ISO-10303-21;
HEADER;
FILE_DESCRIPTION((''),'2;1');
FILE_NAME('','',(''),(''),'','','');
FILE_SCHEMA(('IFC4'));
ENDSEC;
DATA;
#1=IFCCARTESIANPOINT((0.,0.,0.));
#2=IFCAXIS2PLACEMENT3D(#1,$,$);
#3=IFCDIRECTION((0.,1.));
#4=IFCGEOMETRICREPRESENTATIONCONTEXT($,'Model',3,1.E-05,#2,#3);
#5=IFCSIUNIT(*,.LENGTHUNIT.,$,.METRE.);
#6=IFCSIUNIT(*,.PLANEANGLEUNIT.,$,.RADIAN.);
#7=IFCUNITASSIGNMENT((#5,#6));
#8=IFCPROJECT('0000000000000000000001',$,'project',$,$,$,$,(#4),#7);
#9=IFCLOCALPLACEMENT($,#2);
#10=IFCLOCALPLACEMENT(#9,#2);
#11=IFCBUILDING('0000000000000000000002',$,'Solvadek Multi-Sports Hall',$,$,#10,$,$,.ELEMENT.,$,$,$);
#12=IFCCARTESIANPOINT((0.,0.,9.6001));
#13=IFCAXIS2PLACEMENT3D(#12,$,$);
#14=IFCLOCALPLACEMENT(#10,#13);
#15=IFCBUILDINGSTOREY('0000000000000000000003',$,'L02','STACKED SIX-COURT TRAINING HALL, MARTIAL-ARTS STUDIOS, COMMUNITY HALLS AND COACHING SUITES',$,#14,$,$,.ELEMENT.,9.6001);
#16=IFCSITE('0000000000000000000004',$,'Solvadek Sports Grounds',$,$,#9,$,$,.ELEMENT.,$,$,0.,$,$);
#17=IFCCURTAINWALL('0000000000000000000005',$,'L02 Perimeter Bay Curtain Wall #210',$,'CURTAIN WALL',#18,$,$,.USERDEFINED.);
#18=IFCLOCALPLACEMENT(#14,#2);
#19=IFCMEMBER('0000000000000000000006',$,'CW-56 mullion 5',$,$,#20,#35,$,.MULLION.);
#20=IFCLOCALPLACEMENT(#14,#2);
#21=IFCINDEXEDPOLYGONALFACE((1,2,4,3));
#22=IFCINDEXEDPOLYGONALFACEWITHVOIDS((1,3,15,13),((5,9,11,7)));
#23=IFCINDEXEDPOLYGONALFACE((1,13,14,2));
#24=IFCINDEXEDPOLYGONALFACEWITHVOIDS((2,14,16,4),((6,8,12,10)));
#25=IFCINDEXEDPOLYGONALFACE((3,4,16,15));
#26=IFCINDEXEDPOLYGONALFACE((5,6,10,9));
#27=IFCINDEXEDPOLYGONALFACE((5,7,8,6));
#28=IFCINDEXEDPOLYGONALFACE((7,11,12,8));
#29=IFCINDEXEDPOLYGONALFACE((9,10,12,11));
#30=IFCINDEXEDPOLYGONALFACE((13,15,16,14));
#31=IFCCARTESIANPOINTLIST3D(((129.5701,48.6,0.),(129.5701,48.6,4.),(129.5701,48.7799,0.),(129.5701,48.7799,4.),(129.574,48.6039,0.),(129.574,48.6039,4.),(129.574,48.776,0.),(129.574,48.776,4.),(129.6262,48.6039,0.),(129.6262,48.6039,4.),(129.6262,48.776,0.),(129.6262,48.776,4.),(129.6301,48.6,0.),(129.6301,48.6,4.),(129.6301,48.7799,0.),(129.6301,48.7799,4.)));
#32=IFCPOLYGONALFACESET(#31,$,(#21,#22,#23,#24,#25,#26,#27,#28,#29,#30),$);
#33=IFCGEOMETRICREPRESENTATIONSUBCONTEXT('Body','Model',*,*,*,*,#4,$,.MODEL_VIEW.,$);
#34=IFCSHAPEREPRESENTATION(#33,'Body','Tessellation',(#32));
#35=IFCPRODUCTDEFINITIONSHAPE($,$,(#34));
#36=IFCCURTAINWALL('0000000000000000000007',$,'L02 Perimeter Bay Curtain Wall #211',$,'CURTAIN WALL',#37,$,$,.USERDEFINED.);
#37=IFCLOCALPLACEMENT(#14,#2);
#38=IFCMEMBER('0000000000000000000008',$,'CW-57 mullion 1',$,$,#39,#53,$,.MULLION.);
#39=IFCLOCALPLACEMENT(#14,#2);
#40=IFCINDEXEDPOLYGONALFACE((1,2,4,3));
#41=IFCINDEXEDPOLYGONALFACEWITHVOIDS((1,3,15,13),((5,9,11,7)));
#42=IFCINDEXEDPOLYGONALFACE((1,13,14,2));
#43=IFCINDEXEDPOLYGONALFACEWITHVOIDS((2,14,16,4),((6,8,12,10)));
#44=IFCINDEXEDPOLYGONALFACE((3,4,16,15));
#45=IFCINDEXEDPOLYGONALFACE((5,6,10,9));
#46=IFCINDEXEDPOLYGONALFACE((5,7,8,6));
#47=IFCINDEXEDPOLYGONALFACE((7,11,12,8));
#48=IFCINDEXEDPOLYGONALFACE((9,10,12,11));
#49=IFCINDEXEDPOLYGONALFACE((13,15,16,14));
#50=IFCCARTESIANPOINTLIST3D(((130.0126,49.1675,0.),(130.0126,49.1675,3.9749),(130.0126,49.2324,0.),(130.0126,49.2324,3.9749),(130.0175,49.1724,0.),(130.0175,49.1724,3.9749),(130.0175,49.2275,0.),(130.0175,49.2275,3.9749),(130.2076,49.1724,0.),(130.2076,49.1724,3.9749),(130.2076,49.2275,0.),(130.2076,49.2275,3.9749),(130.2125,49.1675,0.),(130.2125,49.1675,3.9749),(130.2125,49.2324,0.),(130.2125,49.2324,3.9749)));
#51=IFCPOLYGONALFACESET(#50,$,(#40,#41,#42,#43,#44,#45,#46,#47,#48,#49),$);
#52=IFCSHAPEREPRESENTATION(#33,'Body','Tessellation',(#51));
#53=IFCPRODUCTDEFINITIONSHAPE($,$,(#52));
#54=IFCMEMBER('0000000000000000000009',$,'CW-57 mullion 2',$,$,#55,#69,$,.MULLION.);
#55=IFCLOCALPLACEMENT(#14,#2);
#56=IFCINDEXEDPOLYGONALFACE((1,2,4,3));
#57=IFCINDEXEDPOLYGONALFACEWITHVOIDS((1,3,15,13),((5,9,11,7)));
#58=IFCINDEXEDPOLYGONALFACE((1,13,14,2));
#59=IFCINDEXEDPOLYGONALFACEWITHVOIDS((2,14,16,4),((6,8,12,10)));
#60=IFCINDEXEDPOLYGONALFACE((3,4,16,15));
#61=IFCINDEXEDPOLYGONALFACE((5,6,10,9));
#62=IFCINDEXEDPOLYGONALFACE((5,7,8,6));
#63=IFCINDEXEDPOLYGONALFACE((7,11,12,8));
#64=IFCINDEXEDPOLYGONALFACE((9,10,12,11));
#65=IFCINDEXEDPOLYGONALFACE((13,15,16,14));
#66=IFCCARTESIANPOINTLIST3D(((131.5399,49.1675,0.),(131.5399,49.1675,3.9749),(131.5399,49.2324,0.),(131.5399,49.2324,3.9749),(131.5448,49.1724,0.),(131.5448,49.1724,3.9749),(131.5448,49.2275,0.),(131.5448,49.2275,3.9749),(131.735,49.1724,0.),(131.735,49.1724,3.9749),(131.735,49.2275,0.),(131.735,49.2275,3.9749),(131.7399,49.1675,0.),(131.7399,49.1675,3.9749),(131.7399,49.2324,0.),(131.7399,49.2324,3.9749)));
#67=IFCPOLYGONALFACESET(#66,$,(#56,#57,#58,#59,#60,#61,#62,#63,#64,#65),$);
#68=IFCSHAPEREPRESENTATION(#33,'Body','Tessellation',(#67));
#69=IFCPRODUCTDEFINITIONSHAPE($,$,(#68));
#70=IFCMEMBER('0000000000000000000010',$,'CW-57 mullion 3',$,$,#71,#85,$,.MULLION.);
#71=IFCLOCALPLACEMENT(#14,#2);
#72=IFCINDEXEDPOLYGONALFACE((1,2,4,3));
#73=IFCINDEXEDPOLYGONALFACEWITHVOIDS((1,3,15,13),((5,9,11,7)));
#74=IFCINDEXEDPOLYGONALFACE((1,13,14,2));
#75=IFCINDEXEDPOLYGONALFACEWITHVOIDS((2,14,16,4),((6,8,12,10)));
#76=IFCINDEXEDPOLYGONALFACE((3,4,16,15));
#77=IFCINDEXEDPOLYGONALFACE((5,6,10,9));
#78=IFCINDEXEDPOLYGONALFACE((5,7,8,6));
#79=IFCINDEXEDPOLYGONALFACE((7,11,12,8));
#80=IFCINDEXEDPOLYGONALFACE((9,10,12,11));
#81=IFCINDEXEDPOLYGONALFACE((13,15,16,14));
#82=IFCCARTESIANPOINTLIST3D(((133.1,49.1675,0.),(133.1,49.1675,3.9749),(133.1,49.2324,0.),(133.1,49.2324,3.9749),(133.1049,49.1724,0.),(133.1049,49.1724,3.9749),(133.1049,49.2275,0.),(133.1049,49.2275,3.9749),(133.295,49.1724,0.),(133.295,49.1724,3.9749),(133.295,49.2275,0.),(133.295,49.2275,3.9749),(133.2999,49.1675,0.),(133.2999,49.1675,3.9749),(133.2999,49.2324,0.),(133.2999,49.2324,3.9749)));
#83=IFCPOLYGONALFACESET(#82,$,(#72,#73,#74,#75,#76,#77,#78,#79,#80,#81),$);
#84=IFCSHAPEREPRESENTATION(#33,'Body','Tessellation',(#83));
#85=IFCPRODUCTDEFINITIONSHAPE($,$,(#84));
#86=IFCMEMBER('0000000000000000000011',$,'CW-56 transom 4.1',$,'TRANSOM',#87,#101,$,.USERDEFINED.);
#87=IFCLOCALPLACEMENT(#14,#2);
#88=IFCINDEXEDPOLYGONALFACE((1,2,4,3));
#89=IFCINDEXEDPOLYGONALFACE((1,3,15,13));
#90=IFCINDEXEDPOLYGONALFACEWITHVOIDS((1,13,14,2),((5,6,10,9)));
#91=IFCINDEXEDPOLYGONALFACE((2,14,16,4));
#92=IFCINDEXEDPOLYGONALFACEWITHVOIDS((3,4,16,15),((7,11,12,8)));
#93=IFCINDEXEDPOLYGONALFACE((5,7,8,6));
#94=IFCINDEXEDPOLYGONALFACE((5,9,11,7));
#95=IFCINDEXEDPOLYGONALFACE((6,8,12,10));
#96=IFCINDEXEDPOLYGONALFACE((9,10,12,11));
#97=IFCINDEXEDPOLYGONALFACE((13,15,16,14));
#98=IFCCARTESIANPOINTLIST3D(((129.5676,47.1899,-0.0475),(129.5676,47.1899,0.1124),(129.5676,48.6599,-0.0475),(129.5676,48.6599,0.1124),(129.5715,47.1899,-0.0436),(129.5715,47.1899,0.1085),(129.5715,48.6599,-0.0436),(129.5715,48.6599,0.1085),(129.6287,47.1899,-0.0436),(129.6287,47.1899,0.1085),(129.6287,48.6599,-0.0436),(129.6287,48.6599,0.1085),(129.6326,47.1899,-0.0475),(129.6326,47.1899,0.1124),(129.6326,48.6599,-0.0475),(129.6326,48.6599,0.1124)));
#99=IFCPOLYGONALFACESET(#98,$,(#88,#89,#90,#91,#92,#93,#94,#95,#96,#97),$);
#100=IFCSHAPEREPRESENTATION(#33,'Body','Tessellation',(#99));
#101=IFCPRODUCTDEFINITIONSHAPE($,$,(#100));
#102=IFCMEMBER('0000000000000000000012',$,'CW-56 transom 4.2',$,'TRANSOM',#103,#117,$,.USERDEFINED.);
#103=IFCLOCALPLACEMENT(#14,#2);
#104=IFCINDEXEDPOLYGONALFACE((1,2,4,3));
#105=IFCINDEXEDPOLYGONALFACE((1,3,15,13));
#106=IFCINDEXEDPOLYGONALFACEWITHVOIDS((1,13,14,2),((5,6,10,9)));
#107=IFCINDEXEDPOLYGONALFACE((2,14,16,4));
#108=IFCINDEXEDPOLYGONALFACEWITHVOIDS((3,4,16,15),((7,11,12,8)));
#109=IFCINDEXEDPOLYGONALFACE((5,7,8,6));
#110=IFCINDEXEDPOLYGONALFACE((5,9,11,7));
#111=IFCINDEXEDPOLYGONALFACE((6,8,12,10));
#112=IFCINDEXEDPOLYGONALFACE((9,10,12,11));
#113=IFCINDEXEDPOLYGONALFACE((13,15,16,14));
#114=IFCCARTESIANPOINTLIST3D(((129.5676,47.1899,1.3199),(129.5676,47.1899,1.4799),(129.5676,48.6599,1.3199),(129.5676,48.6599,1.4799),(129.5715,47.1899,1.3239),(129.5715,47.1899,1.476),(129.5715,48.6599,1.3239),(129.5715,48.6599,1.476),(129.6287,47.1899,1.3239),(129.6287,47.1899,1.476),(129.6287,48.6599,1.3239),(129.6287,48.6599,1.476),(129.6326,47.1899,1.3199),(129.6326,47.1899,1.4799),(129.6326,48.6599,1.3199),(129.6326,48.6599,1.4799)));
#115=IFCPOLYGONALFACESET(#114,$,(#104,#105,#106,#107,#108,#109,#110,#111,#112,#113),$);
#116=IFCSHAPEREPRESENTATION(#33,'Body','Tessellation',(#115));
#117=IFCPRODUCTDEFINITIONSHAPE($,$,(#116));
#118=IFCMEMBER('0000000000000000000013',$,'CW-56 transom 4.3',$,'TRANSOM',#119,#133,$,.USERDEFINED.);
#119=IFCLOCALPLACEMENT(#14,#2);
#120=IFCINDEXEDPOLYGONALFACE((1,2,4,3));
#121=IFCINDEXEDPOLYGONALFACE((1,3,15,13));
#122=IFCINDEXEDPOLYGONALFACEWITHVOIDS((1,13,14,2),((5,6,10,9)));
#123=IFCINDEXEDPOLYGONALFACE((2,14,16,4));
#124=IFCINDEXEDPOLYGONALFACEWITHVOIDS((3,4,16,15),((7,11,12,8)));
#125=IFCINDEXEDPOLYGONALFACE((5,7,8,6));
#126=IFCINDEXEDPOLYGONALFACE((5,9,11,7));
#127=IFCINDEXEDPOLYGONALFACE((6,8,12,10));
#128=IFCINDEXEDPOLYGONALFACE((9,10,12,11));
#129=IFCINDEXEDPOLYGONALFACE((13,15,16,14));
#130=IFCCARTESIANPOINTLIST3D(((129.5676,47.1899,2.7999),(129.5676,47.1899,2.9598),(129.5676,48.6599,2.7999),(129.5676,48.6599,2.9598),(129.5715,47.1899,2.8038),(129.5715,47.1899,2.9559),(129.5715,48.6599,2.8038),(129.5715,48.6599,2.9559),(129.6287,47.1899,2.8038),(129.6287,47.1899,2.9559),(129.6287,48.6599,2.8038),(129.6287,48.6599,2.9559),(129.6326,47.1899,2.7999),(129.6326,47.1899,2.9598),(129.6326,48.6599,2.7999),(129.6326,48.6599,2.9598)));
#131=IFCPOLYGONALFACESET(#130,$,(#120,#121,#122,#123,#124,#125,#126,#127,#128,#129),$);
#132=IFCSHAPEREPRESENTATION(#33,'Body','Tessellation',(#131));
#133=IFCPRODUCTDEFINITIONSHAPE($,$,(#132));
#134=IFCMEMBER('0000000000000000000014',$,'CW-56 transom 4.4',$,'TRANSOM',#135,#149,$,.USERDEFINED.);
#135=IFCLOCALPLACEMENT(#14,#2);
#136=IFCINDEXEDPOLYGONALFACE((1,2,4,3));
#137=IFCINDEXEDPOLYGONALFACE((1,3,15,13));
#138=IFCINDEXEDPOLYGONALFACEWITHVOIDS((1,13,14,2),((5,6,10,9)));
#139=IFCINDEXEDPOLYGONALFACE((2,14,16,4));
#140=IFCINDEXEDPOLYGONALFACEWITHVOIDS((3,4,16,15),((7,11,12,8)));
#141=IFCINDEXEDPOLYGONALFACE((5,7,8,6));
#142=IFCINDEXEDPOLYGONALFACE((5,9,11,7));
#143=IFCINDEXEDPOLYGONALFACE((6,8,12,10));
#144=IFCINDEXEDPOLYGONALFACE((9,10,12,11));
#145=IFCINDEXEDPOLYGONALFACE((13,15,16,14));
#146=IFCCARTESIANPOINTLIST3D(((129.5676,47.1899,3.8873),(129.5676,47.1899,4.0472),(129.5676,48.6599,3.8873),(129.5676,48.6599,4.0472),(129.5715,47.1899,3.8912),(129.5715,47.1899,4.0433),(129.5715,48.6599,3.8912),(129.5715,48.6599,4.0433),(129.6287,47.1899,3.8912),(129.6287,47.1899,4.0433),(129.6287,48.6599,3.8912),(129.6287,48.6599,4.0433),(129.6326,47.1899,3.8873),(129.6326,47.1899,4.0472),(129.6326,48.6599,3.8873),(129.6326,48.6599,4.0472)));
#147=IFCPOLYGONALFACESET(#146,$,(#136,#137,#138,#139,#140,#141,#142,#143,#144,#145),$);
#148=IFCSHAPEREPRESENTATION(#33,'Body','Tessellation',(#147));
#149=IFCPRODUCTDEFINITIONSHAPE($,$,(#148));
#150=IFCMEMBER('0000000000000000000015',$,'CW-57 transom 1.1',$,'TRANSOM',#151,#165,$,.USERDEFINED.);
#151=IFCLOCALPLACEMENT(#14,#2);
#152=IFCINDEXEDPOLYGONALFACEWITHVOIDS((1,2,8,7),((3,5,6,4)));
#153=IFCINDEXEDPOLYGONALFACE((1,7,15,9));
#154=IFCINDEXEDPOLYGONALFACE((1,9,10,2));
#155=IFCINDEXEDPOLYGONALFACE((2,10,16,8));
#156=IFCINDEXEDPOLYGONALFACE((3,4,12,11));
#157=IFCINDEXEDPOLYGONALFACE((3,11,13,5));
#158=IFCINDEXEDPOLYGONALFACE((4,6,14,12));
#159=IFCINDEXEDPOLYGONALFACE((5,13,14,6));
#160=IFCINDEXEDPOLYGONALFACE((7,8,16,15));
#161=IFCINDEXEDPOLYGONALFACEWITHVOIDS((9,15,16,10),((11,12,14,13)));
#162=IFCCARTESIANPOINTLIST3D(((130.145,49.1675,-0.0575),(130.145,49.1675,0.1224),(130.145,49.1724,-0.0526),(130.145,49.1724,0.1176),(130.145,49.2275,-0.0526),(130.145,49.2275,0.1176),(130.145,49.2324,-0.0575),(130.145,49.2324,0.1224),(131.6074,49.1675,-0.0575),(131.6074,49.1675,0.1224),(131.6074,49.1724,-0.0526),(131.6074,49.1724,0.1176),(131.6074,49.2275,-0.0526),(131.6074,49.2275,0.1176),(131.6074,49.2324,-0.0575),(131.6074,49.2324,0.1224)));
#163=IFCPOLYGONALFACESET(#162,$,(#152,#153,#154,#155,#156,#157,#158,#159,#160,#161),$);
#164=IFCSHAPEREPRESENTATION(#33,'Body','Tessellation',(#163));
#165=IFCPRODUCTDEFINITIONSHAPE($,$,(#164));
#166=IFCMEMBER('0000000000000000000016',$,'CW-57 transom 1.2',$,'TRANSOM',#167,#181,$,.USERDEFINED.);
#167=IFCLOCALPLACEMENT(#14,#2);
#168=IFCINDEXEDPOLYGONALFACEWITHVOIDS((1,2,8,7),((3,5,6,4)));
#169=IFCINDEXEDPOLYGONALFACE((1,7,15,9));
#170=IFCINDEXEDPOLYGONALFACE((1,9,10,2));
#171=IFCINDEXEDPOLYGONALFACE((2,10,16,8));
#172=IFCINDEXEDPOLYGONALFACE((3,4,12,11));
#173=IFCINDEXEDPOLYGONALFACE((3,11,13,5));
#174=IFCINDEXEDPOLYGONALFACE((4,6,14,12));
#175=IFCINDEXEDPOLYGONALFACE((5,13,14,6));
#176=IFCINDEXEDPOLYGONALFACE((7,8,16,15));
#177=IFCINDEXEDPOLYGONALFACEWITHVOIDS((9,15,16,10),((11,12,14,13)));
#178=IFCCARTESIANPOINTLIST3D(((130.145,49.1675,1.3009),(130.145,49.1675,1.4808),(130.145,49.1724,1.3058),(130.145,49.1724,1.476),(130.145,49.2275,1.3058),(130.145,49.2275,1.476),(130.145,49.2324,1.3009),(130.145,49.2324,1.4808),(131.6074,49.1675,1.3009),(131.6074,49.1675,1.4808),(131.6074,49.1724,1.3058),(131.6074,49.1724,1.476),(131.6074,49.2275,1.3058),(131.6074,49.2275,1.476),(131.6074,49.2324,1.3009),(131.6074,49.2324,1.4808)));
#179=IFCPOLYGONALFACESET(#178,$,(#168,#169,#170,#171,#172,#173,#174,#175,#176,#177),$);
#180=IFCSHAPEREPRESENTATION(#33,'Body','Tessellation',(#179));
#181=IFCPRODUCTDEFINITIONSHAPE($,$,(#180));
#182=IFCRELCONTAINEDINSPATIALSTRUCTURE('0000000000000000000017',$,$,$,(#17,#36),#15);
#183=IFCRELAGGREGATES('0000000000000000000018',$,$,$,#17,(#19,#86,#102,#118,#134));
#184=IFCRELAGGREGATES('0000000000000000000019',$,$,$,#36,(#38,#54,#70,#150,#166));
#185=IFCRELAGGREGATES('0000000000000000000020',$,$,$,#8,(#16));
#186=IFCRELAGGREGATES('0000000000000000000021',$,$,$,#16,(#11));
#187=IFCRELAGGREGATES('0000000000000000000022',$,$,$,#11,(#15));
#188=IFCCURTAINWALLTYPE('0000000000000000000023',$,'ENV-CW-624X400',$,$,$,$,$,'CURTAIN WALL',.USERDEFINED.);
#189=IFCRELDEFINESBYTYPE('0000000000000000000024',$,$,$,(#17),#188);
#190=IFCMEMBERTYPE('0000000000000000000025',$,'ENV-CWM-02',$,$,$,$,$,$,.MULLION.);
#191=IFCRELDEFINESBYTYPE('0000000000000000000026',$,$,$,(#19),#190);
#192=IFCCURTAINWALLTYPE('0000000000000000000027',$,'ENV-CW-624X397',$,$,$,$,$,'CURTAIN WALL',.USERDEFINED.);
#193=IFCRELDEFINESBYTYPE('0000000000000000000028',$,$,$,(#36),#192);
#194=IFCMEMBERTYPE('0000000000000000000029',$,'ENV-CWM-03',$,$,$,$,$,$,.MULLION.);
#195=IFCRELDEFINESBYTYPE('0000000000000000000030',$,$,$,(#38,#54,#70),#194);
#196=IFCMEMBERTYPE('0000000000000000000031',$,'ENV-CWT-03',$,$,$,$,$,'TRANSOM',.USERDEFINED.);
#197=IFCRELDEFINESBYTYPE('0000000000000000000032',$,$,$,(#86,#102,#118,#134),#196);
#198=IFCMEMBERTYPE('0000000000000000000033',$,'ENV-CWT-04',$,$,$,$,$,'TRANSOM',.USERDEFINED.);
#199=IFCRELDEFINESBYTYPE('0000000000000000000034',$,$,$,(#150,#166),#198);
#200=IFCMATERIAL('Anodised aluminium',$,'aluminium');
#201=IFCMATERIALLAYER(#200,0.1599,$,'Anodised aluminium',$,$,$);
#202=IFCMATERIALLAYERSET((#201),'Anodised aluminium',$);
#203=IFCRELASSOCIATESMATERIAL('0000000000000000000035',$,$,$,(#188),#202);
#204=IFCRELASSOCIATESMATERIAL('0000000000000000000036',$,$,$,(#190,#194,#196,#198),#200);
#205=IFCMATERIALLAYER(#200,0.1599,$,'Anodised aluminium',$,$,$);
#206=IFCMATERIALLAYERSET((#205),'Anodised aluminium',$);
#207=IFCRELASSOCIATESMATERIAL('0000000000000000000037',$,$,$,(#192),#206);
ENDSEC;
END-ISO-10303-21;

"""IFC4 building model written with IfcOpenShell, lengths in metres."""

from ifc_helpers import new_model, si_unit, direction, frame, origin, origin_2d, place, context, subcontext, project, spatial, hollow_rectangle, extrude, material, layer, layer_set, material_profile, profile_set, type_object, element, aggregate, save


model = new_model("IFC4")

# Units and contexts
model_context = context("Model", 3, precision=1e-05, world=origin(), true_north=direction((0.0, 1.0)))
body_context = subcontext(model_context, "Body", "Model", "MODEL_VIEW")
ifc_project = project(units=[si_unit("LENGTHUNIT", "METRE"), si_unit("PLANEANGLEUNIT", "RADIAN")], contexts=[model_context])

# Site, building, storey
site_placement = place(None, origin())
site = spatial("IfcSite", under=ifc_project, at=site_placement, Name="Solvadek Sports Grounds", CompositionType="ELEMENT", RefElevation=0.0)
building_placement = place(site_placement, origin())
building = spatial("IfcBuilding", under=site, at=building_placement, Name="Solvadek Multi-Sports Hall", CompositionType="ELEMENT")
storey_placement = place(building_placement, frame((0.0, 0.0, 9.6001)))
storey = spatial("IfcBuildingStorey", under=building, at=storey_placement, Name="L02", Description="STACKED SIX-COURT TRAINING HALL, MARTIAL-ARTS STUDIOS, COMMUNITY HALLS AND COACHING SUITES", CompositionType="ELEMENT", Elevation=9.6001)

# Curtain wall, member
ifc_material_1 = material(Name="Anodised aluminium", Category="aluminium")
ifc_layer_1 = layer(ifc_material_1, 0.1599, Name="Anodised aluminium")
ifc_layer_set_1 = layer_set([ifc_layer_1], Name="Anodised aluminium")
curtain_wall_type_1 = type_object("IfcCurtainWallType", Name="ENV-CW-624X400", ElementType="CURTAIN WALL", PredefinedType="USERDEFINED", material=ifc_layer_set_1)
curtain_wall_1_placement = place(storey_placement, origin())
curtain_wall_1 = element("IfcCurtainWall", 1, at=curtain_wall_1_placement, inside=storey, type_object=curtain_wall_type_1, Name="L02 Perimeter Bay Curtain Wall #210", ObjectType="CURTAIN WALL", PredefinedType="USERDEFINED")
ifc_material_profile_1 = material_profile(ifc_material_1, hollow_rectangle(XDim=0.0601, YDim=0.1799, WallThickness=0.0039, at=origin_2d()), Name="ALU-M 180x60x4")
ifc_profile_set_1 = profile_set([ifc_material_profile_1], Name="Anodised aluminium")
member_type_1 = type_object("IfcMemberType", Name="ENV-CWM-02", PredefinedType="MULLION", material=ifc_profile_set_1)
member_1_placement = place(storey_placement, frame((129.6001, 48.6899, 0.0), z_axis=(0.0, 0.0, 1.0), x_axis=(-1.0, 0.0, 0.0)))
member_1 = element("IfcMember", 2, at=member_1_placement, type_object=member_type_1, Name="CW-56 mullion 5", PredefinedType="MULLION", context=body_context, shape_type="SweptSolid", body=[
    extrude(hollow_rectangle(XDim=0.0601, YDim=0.1799, WallThickness=0.0039, at=origin_2d()), origin(), (0.0, 0.0, 1.0), 4.0),
])

# Curtain wall, members
ifc_layer_2 = layer(ifc_material_1, 0.1599, Name="Anodised aluminium")
ifc_layer_set_2 = layer_set([ifc_layer_2], Name="Anodised aluminium")
curtain_wall_type_2 = type_object("IfcCurtainWallType", Name="ENV-CW-624X397", ElementType="CURTAIN WALL", PredefinedType="USERDEFINED", material=ifc_layer_set_2)
curtain_wall_2_placement = place(storey_placement, origin())
curtain_wall_2 = element("IfcCurtainWall", 3, at=curtain_wall_2_placement, inside=storey, type_object=curtain_wall_type_2, Name="L02 Perimeter Bay Curtain Wall #211", ObjectType="CURTAIN WALL", PredefinedType="USERDEFINED")
ifc_material_profile_2 = material_profile(ifc_material_1, hollow_rectangle(XDim=0.0649, YDim=0.2, WallThickness=0.0049, at=origin_2d()), Name="ALU-M 200x65x5")
ifc_profile_set_2 = profile_set([ifc_material_profile_2], Name="Anodised aluminium")
member_type_2 = type_object("IfcMemberType", Name="ENV-CWM-03", PredefinedType="MULLION", material=ifc_profile_set_2)
member_2_placement = place(storey_placement, frame((130.1125, 49.2, 0.0), z_axis=(0.0, 0.0, 1.0), x_axis=(0.0, 1.0, 0.0)))
member_2 = element("IfcMember", 4, at=member_2_placement, type_object=member_type_2, Name="CW-57 mullion 1", PredefinedType="MULLION", context=body_context, shape_type="SweptSolid", body=[
    extrude(hollow_rectangle(XDim=0.0649, YDim=0.2, WallThickness=0.0049, at=origin_2d()), origin(), (0.0, 0.0, 1.0), 3.9749),
])
member_3_placement = place(storey_placement, frame((131.6399, 49.2, 0.0), z_axis=(0.0, 0.0, 1.0), x_axis=(0.0, 1.0, 0.0)))
member_3 = element("IfcMember", 5, at=member_3_placement, type_object=member_type_2, Name="CW-57 mullion 2", PredefinedType="MULLION", context=body_context, shape_type="SweptSolid", body=[
    extrude(hollow_rectangle(XDim=0.0649, YDim=0.2, WallThickness=0.0049, at=origin_2d()), origin(), (0.0, 0.0, 1.0), 3.9749),
])
member_4_placement = place(storey_placement, frame((133.2, 49.2, 0.0), z_axis=(0.0, 0.0, 1.0), x_axis=(0.0, 1.0, 0.0)))
member_4 = element("IfcMember", 6, at=member_4_placement, type_object=member_type_2, Name="CW-57 mullion 3", PredefinedType="MULLION", context=body_context, shape_type="SweptSolid", body=[
    extrude(hollow_rectangle(XDim=0.0649, YDim=0.2, WallThickness=0.0049, at=origin_2d()), origin(), (0.0, 0.0, 1.0), 3.9749),
])

# Members
ifc_material_profile_3 = material_profile(ifc_material_1, hollow_rectangle(XDim=0.0649, YDim=0.1599, WallThickness=0.0039, at=origin_2d()), Name="ALU-T 160x65x4")
ifc_profile_set_3 = profile_set([ifc_material_profile_3], Name="Anodised aluminium")
member_type_3 = type_object("IfcMemberType", Name="ENV-CWT-03", ElementType="TRANSOM", PredefinedType="USERDEFINED", material=ifc_profile_set_3)
member_5_placement = place(storey_placement, frame((129.6001, 47.1899, 0.0325), z_axis=(0.0, 1.0, 0.0), x_axis=(-1.0, 0.0, 0.0)))
member_5 = element("IfcMember", 7, at=member_5_placement, type_object=member_type_3, Name="CW-56 transom 4.1", ObjectType="TRANSOM", PredefinedType="USERDEFINED", context=body_context, shape_type="SweptSolid", body=[
    extrude(hollow_rectangle(XDim=0.0649, YDim=0.1599, WallThickness=0.0039, at=origin_2d()), origin(), (0.0, 0.0, 1.0), 1.47),
])
member_6_placement = place(storey_placement, frame((129.6001, 47.1899, 1.3999), z_axis=(0.0, 1.0, 0.0), x_axis=(-1.0, 0.0, 0.0)))
member_6 = element("IfcMember", 8, at=member_6_placement, type_object=member_type_3, Name="CW-56 transom 4.2", ObjectType="TRANSOM", PredefinedType="USERDEFINED", context=body_context, shape_type="SweptSolid", body=[
    extrude(hollow_rectangle(XDim=0.0649, YDim=0.1599, WallThickness=0.0039, at=origin_2d()), origin(), (0.0, 0.0, 1.0), 1.47),
])
member_7_placement = place(storey_placement, frame((129.6001, 47.1899, 2.8799), z_axis=(0.0, 1.0, 0.0), x_axis=(-1.0, 0.0, 0.0)))
member_7 = element("IfcMember", 9, at=member_7_placement, type_object=member_type_3, Name="CW-56 transom 4.3", ObjectType="TRANSOM", PredefinedType="USERDEFINED", context=body_context, shape_type="SweptSolid", body=[
    extrude(hollow_rectangle(XDim=0.0649, YDim=0.1599, WallThickness=0.0039, at=origin_2d()), origin(), (0.0, 0.0, 1.0), 1.47),
])
member_8_placement = place(storey_placement, frame((129.6001, 47.1899, 3.9673), z_axis=(0.0, 1.0, 0.0), x_axis=(-1.0, 0.0, 0.0)))
member_8 = element("IfcMember", 10, at=member_8_placement, type_object=member_type_3, Name="CW-56 transom 4.4", ObjectType="TRANSOM", PredefinedType="USERDEFINED", context=body_context, shape_type="SweptSolid", body=[
    extrude(hollow_rectangle(XDim=0.0649, YDim=0.1599, WallThickness=0.0039, at=origin_2d()), origin(), (0.0, 0.0, 1.0), 1.47),
])
ifc_material_profile_4 = material_profile(ifc_material_1, hollow_rectangle(XDim=0.0649, YDim=0.1799, WallThickness=0.0049, at=origin_2d()), Name="ALU-T 180x65x5")
ifc_profile_set_4 = profile_set([ifc_material_profile_4], Name="Anodised aluminium")
member_type_4 = type_object("IfcMemberType", Name="ENV-CWT-04", ElementType="TRANSOM", PredefinedType="USERDEFINED", material=ifc_profile_set_4)
member_9_placement = place(storey_placement, frame((130.145, 49.2, 0.0325), z_axis=(1.0, 0.0, 0.0), x_axis=(0.0, 1.0, 0.0)))
member_9 = element("IfcMember", 11, at=member_9_placement, type_object=member_type_4, Name="CW-57 transom 1.1", ObjectType="TRANSOM", PredefinedType="USERDEFINED", context=body_context, shape_type="SweptSolid", body=[
    extrude(hollow_rectangle(XDim=0.0649, YDim=0.1799, WallThickness=0.0049, at=origin_2d()), origin(), (0.0, 0.0, 1.0), 1.4624),
])
member_10_placement = place(storey_placement, frame((130.145, 49.2, 1.3909), z_axis=(1.0, 0.0, 0.0), x_axis=(0.0, 1.0, 0.0)))
member_10 = element("IfcMember", 12, at=member_10_placement, type_object=member_type_4, Name="CW-57 transom 1.2", ObjectType="TRANSOM", PredefinedType="USERDEFINED", context=body_context, shape_type="SweptSolid", body=[
    extrude(hollow_rectangle(XDim=0.0649, YDim=0.1799, WallThickness=0.0049, at=origin_2d()), origin(), (0.0, 0.0, 1.0), 1.4624),
])

aggregate(curtain_wall_1, [member_1, member_5, member_6, member_7, member_8])
aggregate(curtain_wall_2, [member_2, member_3, member_4, member_9, member_10])

save(model, "model.ifc")
